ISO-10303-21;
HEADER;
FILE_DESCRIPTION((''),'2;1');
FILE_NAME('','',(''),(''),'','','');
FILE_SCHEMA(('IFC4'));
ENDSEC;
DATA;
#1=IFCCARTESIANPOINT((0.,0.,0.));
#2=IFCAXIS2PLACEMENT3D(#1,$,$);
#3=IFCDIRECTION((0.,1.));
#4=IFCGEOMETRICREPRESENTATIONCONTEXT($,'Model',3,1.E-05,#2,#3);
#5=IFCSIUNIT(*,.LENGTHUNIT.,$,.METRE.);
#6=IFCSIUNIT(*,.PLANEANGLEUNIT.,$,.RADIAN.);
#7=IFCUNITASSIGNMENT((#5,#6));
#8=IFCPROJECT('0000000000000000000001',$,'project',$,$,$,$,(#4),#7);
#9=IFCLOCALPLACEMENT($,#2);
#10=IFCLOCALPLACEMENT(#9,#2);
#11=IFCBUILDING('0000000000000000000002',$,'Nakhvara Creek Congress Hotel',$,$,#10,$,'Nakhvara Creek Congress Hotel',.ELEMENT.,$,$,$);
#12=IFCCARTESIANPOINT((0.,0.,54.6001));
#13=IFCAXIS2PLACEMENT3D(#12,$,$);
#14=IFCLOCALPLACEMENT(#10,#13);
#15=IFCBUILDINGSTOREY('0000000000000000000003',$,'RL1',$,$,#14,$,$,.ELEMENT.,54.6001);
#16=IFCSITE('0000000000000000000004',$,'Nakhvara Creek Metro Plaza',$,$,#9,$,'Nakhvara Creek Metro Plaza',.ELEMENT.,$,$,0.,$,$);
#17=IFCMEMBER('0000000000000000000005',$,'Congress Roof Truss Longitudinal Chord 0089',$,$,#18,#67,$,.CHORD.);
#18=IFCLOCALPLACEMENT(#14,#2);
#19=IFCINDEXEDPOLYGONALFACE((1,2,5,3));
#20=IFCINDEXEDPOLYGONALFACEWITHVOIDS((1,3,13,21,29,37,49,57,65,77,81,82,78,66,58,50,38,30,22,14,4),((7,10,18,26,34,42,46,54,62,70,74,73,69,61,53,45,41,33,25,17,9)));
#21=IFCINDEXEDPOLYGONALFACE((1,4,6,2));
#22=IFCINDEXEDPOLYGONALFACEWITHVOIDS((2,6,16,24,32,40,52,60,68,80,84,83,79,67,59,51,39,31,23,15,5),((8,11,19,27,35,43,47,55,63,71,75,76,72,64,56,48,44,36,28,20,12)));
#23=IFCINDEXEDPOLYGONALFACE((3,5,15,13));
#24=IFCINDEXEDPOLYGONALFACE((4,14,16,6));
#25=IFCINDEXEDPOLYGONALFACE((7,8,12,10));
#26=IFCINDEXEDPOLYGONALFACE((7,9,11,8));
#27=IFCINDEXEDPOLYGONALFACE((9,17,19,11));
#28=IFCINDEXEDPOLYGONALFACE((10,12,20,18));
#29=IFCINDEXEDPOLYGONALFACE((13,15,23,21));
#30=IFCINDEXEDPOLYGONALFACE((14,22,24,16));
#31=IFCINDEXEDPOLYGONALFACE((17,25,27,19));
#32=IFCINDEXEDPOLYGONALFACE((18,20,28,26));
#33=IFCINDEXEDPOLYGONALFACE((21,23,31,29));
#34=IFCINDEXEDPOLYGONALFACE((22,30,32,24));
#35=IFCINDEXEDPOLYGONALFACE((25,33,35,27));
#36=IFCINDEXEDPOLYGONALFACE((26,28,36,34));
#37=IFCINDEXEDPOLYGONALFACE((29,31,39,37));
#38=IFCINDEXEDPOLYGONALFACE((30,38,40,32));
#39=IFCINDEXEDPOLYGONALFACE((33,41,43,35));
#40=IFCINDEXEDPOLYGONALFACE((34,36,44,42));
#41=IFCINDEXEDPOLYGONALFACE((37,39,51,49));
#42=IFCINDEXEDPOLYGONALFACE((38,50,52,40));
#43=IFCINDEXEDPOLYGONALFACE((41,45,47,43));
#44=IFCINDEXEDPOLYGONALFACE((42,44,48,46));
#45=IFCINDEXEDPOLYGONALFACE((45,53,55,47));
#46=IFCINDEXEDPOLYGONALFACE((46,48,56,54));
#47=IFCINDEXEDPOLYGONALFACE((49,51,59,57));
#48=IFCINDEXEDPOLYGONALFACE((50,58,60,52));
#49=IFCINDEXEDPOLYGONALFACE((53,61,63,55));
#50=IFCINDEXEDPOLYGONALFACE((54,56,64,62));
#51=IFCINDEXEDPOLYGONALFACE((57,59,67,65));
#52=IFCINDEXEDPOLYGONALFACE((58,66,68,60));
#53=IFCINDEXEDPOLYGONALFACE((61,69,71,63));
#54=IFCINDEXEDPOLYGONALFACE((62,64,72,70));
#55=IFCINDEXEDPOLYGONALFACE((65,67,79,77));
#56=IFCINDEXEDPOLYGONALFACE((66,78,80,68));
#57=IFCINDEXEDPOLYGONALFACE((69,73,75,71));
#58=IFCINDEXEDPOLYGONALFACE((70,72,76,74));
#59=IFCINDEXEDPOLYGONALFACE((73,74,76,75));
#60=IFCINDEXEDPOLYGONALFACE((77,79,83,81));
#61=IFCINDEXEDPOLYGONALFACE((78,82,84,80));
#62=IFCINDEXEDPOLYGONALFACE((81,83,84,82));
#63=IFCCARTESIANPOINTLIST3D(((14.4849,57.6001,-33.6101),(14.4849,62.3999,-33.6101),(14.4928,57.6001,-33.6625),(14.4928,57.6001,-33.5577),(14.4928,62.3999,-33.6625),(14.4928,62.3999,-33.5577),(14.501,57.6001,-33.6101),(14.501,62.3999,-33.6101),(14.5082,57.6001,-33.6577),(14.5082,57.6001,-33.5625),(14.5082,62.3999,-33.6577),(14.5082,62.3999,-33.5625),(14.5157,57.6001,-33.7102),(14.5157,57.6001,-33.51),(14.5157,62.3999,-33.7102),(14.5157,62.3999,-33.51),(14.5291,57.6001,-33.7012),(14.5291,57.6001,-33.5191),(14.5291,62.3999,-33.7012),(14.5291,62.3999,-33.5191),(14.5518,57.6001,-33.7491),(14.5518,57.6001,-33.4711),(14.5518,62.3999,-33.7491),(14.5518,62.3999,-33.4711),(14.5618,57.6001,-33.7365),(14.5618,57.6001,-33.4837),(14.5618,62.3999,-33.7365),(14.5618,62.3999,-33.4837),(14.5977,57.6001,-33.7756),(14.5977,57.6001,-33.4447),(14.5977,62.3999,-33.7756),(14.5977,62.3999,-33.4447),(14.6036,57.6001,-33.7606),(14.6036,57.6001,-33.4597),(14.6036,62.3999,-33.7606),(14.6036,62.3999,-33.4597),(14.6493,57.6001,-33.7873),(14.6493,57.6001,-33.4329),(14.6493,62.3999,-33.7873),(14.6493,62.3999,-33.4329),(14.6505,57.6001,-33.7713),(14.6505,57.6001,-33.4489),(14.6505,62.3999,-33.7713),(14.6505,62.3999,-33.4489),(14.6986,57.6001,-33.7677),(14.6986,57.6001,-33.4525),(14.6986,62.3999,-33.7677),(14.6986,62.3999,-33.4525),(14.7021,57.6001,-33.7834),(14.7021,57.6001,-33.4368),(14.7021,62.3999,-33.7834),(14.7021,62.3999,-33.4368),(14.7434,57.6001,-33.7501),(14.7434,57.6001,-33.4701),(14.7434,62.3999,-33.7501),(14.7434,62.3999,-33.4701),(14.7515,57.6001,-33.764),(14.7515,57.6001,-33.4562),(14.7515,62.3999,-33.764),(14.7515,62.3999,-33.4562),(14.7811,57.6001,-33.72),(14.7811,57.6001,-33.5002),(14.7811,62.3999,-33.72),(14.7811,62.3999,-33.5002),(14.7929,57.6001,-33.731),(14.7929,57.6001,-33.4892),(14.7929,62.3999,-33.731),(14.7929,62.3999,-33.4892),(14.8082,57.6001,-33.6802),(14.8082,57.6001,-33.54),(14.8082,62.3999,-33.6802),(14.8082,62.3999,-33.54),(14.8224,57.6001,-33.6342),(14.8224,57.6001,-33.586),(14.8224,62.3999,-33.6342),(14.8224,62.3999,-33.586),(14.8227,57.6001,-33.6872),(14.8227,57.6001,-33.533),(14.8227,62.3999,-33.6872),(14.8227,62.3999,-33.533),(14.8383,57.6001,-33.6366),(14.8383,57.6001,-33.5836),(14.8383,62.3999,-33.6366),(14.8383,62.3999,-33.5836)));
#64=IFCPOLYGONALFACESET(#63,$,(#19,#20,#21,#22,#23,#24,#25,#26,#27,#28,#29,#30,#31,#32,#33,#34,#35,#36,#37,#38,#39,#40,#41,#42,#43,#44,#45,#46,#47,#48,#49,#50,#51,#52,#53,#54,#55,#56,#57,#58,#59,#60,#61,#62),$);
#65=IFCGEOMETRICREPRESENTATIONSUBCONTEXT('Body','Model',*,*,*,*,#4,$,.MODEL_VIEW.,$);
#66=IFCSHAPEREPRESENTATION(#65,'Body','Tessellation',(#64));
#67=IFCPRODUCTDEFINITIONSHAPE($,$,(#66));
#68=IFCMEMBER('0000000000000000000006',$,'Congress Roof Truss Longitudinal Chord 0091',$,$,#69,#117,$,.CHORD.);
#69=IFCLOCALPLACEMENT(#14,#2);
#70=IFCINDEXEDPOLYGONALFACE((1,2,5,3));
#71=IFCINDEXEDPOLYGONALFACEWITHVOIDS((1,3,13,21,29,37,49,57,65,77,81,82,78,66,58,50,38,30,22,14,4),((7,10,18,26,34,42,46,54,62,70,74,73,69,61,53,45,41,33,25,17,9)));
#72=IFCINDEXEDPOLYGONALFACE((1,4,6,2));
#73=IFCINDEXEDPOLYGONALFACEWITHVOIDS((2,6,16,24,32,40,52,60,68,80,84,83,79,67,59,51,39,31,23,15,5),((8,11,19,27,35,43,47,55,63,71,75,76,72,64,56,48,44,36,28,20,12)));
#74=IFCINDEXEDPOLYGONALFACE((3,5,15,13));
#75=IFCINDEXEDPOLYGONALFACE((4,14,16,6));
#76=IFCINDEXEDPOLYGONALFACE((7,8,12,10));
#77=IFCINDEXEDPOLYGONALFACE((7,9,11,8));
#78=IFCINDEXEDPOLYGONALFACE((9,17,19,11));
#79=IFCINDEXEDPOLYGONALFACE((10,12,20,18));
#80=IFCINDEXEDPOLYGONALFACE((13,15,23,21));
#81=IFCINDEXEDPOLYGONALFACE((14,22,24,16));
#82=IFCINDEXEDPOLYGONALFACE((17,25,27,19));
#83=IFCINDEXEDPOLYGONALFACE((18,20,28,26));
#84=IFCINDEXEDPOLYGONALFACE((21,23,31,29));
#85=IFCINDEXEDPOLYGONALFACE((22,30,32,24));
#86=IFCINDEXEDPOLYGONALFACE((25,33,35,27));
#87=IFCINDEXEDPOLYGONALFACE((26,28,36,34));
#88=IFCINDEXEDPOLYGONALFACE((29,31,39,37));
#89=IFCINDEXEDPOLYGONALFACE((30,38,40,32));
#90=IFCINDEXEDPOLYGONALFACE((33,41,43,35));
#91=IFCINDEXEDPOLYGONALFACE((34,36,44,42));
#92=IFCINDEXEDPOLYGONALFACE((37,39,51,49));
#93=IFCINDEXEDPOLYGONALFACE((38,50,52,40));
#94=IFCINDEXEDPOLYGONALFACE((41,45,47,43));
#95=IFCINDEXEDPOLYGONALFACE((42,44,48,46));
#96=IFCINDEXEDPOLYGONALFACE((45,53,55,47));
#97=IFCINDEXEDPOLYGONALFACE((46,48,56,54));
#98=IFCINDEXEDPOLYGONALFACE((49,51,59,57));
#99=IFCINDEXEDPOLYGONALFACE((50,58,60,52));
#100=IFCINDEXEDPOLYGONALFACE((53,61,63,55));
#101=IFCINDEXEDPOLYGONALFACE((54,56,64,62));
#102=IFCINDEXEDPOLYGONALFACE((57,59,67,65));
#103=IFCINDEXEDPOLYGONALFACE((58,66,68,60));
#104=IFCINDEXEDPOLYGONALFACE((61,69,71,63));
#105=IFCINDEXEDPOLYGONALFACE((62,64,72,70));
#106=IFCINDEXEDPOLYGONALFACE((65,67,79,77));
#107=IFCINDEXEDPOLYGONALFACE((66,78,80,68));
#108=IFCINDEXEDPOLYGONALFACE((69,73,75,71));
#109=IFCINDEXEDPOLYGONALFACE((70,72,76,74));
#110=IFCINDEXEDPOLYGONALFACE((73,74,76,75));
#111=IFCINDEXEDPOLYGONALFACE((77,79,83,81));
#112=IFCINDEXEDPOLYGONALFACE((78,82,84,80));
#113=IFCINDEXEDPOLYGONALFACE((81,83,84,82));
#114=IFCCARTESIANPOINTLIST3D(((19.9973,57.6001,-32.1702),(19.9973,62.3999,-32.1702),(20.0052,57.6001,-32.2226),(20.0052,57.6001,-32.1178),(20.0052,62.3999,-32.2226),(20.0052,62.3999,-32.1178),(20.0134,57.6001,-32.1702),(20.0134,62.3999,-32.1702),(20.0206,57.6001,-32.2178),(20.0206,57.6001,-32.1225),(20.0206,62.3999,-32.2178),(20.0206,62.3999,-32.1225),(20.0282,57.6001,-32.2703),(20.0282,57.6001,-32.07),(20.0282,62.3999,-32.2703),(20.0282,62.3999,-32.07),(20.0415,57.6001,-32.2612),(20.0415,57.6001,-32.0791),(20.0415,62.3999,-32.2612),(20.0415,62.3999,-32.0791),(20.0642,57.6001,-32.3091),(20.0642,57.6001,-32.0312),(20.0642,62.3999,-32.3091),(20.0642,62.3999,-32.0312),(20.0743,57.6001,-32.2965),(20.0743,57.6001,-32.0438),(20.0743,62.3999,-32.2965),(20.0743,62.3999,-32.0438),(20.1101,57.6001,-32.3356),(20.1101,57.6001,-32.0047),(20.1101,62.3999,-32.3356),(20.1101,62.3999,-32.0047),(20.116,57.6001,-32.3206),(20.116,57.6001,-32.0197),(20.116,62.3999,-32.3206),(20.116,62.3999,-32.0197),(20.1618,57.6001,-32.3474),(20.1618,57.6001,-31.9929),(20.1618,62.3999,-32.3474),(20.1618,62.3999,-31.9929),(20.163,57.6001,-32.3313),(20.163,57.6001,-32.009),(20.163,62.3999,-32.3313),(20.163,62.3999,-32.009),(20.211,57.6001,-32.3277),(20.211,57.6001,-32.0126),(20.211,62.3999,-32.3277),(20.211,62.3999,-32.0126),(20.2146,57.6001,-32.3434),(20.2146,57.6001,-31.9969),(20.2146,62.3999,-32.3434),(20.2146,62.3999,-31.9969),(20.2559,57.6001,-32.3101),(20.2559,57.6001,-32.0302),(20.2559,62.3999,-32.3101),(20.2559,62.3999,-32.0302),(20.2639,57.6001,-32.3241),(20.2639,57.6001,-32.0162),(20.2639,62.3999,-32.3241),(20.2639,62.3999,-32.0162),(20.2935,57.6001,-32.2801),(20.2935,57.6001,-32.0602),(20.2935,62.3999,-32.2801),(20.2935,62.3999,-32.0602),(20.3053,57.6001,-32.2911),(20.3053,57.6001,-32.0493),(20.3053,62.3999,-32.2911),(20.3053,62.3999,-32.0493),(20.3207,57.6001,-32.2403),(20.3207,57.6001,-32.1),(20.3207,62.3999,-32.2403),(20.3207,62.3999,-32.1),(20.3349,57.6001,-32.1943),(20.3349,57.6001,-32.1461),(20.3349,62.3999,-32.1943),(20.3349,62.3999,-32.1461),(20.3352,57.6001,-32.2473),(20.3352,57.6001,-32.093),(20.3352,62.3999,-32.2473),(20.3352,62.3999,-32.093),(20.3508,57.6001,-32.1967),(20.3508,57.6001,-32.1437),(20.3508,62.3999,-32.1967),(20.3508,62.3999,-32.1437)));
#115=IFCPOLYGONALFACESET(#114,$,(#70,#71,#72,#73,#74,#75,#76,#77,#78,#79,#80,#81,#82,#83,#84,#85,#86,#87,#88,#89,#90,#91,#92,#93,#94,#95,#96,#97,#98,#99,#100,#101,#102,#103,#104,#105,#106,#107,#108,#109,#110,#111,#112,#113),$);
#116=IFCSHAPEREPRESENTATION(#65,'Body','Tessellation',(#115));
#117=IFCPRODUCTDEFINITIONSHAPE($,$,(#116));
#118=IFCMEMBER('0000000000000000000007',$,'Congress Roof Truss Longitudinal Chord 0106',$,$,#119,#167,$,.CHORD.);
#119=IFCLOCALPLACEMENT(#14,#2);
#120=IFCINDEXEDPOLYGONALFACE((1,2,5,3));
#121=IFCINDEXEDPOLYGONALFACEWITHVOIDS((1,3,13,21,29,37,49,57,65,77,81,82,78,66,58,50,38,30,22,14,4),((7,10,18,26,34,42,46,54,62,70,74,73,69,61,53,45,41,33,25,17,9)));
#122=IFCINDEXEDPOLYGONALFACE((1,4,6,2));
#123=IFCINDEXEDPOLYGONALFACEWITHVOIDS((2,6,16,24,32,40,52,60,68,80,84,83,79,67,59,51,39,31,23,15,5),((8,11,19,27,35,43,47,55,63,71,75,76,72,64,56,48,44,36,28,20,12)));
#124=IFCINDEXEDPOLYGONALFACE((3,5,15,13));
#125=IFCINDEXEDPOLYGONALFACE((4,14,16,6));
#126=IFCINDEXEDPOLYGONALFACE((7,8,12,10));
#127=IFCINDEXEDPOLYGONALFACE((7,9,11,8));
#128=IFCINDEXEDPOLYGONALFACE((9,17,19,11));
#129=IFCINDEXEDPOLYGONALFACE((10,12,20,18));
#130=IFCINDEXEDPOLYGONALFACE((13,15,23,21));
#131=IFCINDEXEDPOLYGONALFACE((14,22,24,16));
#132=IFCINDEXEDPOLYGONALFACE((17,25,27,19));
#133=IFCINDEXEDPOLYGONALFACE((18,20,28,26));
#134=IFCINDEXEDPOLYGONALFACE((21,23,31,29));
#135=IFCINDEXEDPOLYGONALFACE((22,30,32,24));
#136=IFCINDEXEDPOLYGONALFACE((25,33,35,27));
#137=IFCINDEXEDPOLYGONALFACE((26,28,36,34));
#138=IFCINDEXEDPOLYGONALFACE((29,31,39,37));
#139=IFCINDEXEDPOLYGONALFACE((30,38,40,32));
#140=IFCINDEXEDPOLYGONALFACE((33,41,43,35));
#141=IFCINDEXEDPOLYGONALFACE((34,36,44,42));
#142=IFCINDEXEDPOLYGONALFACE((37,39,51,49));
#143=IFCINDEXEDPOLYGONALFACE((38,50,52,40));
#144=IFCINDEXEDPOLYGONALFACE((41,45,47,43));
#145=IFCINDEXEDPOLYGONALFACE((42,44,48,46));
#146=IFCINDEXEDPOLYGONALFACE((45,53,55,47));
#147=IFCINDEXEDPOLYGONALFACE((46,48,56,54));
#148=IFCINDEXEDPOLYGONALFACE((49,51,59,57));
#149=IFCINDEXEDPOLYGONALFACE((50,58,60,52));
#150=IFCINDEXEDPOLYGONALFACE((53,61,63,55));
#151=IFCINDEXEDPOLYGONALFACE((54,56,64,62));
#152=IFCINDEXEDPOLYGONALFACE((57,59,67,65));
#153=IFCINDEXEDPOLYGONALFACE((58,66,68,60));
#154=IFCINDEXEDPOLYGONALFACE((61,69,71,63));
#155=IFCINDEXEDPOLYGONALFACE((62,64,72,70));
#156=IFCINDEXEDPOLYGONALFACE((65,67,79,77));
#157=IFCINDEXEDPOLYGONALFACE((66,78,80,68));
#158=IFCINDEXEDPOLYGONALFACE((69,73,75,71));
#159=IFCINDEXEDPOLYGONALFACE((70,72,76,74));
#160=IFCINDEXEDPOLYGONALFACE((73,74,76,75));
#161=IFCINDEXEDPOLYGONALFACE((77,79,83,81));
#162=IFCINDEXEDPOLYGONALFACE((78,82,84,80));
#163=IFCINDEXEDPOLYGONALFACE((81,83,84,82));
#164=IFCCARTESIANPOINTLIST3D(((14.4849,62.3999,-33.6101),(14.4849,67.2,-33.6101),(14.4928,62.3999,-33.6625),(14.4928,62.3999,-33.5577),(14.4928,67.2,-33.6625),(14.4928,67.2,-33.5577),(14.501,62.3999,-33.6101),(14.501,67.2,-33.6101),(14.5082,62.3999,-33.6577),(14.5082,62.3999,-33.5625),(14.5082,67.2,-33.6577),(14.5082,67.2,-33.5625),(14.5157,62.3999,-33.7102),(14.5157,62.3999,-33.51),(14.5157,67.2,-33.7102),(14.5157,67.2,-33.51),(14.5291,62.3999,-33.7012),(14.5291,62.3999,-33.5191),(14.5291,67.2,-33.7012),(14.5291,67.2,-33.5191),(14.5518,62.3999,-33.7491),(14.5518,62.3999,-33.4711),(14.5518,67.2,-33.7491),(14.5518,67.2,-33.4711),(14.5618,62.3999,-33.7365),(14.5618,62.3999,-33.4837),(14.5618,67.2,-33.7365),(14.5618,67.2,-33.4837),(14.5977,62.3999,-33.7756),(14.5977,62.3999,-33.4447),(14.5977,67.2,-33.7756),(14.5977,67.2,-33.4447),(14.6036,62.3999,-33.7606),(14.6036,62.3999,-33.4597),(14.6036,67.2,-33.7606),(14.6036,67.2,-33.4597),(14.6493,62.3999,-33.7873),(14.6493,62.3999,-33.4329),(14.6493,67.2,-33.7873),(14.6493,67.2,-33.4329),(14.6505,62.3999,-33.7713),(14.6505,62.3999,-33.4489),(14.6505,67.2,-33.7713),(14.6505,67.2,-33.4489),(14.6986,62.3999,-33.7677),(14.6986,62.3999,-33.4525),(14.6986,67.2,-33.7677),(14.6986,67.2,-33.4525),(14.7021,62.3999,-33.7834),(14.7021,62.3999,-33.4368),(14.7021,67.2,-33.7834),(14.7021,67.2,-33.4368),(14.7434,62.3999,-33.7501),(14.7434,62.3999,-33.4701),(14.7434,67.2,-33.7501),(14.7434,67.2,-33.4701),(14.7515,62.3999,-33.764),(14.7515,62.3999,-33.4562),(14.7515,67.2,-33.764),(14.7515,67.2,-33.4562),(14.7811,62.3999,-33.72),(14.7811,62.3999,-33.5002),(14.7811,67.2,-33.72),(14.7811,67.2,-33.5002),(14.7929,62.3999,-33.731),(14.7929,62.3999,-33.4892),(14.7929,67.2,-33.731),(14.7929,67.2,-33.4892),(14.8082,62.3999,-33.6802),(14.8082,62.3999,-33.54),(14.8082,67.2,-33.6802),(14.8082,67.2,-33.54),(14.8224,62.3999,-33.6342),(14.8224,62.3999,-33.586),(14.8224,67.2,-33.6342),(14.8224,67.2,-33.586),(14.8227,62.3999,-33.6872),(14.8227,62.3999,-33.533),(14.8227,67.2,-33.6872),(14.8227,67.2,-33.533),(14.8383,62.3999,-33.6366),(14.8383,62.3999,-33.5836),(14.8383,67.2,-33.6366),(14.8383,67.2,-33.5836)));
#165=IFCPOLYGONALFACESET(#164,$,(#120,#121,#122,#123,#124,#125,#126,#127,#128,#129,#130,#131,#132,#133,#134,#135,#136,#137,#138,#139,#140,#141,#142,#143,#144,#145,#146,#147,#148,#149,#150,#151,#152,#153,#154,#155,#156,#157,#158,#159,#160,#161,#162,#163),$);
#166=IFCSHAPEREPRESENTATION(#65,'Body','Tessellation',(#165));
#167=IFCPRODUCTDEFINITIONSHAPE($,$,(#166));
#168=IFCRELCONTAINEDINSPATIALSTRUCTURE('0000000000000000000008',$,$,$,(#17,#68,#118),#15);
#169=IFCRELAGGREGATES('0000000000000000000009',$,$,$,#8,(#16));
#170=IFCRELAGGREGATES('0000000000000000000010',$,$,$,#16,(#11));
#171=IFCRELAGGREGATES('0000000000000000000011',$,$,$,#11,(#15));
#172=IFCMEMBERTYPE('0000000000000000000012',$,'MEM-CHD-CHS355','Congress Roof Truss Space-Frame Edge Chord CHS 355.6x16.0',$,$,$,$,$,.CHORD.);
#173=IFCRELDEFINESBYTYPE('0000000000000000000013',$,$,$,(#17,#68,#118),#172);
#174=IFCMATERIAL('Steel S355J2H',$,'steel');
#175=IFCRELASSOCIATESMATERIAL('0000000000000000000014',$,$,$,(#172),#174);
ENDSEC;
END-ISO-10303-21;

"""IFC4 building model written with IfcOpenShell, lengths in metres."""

from ifc_helpers import new_model, si_unit, direction, frame, origin, origin_2d, place, context, subcontext, project, spatial, hollow_circle, extrude, material, material_profile, profile_set, type_object, element, save


model = new_model("IFC4")

# Units and contexts
model_context = context("Model", 3, precision=1e-05, world=origin(), true_north=direction((0.0, 1.0)))
body_context = subcontext(model_context, "Body", "Model", "MODEL_VIEW")
ifc_project = project(units=[si_unit("LENGTHUNIT", "METRE"), si_unit("PLANEANGLEUNIT", "RADIAN")], contexts=[model_context])

# Site, building, storey
site_placement = place(None, origin())
site = spatial("IfcSite", under=ifc_project, at=site_placement, Name="Nakhvara Creek Metro Plaza", LongName="Nakhvara Creek Metro Plaza", CompositionType="ELEMENT", RefElevation=0.0)
building_placement = place(site_placement, origin())
building = spatial("IfcBuilding", under=site, at=building_placement, Name="Nakhvara Creek Congress Hotel", LongName="Nakhvara Creek Congress Hotel", CompositionType="ELEMENT")
storey_placement = place(building_placement, frame((0.0, 0.0, 54.6001)))
storey = spatial("IfcBuildingStorey", under=building, at=storey_placement, Name="RL1", CompositionType="ELEMENT", Elevation=54.6001)

# Members
ifc_material_1 = material(Name="Steel S355J2H", Category="steel")
ifc_material_profile_1 = material_profile(ifc_material_1, hollow_circle(Radius=0.1777, WallThickness=0.0161, at=origin_2d()), Name="CHS 355.6x16.0", Category="LoadBearing")
ifc_profile_set_1 = profile_set([ifc_material_profile_1], Name="Steel S355J2H")
member_type_1 = type_object("IfcMemberType", Name="MEM-CHD-CHS355", Description="Congress Roof Truss Space-Frame Edge Chord CHS 355.6x16.0", PredefinedType="CHORD", material=ifc_profile_set_1)
for number, where, z_axis, x_axis, name in (
    (1, (14.6626, 57.6001, -33.6101), (0.0, 1.0, 0.0), (-1.0, 0.0, 0.0), "Congress Roof Truss Longitudinal Chord 0089"),
    (2, (20.175, 57.6001, -32.1702), (0.0, 1.0, 0.0), (-1.0, 0.0, 0.0), "Congress Roof Truss Longitudinal Chord 0091"),
):
    element("IfcMember", number, at=place(storey_placement, frame(where, z_axis=z_axis, x_axis=x_axis)), inside=storey, type_object=member_type_1, Name=name, PredefinedType="CHORD", context=body_context, shape_type="SweptSolid", body=[
        extrude(hollow_circle(Radius=0.1777, WallThickness=0.0161, at=origin_2d()), origin(), (0.0, 0.0, 1.0), 4.7998),
    ])
for number, where, z_axis, x_axis, name in (
    (3, (14.6626, 62.3999, -33.6101), (0.0, 1.0, 0.0), (-1.0, 0.0, 0.0), "Congress Roof Truss Longitudinal Chord 0106"),
):
    element("IfcMember", number, at=place(storey_placement, frame(where, z_axis=z_axis, x_axis=x_axis)), inside=storey, type_object=member_type_1, Name=name, PredefinedType="CHORD", context=body_context, shape_type="SweptSolid", body=[
        extrude(hollow_circle(Radius=0.1777, WallThickness=0.0161, at=origin_2d()), origin(), (0.0, 0.0, 1.0), 4.8),
    ])

save(model, "model.ifc")
